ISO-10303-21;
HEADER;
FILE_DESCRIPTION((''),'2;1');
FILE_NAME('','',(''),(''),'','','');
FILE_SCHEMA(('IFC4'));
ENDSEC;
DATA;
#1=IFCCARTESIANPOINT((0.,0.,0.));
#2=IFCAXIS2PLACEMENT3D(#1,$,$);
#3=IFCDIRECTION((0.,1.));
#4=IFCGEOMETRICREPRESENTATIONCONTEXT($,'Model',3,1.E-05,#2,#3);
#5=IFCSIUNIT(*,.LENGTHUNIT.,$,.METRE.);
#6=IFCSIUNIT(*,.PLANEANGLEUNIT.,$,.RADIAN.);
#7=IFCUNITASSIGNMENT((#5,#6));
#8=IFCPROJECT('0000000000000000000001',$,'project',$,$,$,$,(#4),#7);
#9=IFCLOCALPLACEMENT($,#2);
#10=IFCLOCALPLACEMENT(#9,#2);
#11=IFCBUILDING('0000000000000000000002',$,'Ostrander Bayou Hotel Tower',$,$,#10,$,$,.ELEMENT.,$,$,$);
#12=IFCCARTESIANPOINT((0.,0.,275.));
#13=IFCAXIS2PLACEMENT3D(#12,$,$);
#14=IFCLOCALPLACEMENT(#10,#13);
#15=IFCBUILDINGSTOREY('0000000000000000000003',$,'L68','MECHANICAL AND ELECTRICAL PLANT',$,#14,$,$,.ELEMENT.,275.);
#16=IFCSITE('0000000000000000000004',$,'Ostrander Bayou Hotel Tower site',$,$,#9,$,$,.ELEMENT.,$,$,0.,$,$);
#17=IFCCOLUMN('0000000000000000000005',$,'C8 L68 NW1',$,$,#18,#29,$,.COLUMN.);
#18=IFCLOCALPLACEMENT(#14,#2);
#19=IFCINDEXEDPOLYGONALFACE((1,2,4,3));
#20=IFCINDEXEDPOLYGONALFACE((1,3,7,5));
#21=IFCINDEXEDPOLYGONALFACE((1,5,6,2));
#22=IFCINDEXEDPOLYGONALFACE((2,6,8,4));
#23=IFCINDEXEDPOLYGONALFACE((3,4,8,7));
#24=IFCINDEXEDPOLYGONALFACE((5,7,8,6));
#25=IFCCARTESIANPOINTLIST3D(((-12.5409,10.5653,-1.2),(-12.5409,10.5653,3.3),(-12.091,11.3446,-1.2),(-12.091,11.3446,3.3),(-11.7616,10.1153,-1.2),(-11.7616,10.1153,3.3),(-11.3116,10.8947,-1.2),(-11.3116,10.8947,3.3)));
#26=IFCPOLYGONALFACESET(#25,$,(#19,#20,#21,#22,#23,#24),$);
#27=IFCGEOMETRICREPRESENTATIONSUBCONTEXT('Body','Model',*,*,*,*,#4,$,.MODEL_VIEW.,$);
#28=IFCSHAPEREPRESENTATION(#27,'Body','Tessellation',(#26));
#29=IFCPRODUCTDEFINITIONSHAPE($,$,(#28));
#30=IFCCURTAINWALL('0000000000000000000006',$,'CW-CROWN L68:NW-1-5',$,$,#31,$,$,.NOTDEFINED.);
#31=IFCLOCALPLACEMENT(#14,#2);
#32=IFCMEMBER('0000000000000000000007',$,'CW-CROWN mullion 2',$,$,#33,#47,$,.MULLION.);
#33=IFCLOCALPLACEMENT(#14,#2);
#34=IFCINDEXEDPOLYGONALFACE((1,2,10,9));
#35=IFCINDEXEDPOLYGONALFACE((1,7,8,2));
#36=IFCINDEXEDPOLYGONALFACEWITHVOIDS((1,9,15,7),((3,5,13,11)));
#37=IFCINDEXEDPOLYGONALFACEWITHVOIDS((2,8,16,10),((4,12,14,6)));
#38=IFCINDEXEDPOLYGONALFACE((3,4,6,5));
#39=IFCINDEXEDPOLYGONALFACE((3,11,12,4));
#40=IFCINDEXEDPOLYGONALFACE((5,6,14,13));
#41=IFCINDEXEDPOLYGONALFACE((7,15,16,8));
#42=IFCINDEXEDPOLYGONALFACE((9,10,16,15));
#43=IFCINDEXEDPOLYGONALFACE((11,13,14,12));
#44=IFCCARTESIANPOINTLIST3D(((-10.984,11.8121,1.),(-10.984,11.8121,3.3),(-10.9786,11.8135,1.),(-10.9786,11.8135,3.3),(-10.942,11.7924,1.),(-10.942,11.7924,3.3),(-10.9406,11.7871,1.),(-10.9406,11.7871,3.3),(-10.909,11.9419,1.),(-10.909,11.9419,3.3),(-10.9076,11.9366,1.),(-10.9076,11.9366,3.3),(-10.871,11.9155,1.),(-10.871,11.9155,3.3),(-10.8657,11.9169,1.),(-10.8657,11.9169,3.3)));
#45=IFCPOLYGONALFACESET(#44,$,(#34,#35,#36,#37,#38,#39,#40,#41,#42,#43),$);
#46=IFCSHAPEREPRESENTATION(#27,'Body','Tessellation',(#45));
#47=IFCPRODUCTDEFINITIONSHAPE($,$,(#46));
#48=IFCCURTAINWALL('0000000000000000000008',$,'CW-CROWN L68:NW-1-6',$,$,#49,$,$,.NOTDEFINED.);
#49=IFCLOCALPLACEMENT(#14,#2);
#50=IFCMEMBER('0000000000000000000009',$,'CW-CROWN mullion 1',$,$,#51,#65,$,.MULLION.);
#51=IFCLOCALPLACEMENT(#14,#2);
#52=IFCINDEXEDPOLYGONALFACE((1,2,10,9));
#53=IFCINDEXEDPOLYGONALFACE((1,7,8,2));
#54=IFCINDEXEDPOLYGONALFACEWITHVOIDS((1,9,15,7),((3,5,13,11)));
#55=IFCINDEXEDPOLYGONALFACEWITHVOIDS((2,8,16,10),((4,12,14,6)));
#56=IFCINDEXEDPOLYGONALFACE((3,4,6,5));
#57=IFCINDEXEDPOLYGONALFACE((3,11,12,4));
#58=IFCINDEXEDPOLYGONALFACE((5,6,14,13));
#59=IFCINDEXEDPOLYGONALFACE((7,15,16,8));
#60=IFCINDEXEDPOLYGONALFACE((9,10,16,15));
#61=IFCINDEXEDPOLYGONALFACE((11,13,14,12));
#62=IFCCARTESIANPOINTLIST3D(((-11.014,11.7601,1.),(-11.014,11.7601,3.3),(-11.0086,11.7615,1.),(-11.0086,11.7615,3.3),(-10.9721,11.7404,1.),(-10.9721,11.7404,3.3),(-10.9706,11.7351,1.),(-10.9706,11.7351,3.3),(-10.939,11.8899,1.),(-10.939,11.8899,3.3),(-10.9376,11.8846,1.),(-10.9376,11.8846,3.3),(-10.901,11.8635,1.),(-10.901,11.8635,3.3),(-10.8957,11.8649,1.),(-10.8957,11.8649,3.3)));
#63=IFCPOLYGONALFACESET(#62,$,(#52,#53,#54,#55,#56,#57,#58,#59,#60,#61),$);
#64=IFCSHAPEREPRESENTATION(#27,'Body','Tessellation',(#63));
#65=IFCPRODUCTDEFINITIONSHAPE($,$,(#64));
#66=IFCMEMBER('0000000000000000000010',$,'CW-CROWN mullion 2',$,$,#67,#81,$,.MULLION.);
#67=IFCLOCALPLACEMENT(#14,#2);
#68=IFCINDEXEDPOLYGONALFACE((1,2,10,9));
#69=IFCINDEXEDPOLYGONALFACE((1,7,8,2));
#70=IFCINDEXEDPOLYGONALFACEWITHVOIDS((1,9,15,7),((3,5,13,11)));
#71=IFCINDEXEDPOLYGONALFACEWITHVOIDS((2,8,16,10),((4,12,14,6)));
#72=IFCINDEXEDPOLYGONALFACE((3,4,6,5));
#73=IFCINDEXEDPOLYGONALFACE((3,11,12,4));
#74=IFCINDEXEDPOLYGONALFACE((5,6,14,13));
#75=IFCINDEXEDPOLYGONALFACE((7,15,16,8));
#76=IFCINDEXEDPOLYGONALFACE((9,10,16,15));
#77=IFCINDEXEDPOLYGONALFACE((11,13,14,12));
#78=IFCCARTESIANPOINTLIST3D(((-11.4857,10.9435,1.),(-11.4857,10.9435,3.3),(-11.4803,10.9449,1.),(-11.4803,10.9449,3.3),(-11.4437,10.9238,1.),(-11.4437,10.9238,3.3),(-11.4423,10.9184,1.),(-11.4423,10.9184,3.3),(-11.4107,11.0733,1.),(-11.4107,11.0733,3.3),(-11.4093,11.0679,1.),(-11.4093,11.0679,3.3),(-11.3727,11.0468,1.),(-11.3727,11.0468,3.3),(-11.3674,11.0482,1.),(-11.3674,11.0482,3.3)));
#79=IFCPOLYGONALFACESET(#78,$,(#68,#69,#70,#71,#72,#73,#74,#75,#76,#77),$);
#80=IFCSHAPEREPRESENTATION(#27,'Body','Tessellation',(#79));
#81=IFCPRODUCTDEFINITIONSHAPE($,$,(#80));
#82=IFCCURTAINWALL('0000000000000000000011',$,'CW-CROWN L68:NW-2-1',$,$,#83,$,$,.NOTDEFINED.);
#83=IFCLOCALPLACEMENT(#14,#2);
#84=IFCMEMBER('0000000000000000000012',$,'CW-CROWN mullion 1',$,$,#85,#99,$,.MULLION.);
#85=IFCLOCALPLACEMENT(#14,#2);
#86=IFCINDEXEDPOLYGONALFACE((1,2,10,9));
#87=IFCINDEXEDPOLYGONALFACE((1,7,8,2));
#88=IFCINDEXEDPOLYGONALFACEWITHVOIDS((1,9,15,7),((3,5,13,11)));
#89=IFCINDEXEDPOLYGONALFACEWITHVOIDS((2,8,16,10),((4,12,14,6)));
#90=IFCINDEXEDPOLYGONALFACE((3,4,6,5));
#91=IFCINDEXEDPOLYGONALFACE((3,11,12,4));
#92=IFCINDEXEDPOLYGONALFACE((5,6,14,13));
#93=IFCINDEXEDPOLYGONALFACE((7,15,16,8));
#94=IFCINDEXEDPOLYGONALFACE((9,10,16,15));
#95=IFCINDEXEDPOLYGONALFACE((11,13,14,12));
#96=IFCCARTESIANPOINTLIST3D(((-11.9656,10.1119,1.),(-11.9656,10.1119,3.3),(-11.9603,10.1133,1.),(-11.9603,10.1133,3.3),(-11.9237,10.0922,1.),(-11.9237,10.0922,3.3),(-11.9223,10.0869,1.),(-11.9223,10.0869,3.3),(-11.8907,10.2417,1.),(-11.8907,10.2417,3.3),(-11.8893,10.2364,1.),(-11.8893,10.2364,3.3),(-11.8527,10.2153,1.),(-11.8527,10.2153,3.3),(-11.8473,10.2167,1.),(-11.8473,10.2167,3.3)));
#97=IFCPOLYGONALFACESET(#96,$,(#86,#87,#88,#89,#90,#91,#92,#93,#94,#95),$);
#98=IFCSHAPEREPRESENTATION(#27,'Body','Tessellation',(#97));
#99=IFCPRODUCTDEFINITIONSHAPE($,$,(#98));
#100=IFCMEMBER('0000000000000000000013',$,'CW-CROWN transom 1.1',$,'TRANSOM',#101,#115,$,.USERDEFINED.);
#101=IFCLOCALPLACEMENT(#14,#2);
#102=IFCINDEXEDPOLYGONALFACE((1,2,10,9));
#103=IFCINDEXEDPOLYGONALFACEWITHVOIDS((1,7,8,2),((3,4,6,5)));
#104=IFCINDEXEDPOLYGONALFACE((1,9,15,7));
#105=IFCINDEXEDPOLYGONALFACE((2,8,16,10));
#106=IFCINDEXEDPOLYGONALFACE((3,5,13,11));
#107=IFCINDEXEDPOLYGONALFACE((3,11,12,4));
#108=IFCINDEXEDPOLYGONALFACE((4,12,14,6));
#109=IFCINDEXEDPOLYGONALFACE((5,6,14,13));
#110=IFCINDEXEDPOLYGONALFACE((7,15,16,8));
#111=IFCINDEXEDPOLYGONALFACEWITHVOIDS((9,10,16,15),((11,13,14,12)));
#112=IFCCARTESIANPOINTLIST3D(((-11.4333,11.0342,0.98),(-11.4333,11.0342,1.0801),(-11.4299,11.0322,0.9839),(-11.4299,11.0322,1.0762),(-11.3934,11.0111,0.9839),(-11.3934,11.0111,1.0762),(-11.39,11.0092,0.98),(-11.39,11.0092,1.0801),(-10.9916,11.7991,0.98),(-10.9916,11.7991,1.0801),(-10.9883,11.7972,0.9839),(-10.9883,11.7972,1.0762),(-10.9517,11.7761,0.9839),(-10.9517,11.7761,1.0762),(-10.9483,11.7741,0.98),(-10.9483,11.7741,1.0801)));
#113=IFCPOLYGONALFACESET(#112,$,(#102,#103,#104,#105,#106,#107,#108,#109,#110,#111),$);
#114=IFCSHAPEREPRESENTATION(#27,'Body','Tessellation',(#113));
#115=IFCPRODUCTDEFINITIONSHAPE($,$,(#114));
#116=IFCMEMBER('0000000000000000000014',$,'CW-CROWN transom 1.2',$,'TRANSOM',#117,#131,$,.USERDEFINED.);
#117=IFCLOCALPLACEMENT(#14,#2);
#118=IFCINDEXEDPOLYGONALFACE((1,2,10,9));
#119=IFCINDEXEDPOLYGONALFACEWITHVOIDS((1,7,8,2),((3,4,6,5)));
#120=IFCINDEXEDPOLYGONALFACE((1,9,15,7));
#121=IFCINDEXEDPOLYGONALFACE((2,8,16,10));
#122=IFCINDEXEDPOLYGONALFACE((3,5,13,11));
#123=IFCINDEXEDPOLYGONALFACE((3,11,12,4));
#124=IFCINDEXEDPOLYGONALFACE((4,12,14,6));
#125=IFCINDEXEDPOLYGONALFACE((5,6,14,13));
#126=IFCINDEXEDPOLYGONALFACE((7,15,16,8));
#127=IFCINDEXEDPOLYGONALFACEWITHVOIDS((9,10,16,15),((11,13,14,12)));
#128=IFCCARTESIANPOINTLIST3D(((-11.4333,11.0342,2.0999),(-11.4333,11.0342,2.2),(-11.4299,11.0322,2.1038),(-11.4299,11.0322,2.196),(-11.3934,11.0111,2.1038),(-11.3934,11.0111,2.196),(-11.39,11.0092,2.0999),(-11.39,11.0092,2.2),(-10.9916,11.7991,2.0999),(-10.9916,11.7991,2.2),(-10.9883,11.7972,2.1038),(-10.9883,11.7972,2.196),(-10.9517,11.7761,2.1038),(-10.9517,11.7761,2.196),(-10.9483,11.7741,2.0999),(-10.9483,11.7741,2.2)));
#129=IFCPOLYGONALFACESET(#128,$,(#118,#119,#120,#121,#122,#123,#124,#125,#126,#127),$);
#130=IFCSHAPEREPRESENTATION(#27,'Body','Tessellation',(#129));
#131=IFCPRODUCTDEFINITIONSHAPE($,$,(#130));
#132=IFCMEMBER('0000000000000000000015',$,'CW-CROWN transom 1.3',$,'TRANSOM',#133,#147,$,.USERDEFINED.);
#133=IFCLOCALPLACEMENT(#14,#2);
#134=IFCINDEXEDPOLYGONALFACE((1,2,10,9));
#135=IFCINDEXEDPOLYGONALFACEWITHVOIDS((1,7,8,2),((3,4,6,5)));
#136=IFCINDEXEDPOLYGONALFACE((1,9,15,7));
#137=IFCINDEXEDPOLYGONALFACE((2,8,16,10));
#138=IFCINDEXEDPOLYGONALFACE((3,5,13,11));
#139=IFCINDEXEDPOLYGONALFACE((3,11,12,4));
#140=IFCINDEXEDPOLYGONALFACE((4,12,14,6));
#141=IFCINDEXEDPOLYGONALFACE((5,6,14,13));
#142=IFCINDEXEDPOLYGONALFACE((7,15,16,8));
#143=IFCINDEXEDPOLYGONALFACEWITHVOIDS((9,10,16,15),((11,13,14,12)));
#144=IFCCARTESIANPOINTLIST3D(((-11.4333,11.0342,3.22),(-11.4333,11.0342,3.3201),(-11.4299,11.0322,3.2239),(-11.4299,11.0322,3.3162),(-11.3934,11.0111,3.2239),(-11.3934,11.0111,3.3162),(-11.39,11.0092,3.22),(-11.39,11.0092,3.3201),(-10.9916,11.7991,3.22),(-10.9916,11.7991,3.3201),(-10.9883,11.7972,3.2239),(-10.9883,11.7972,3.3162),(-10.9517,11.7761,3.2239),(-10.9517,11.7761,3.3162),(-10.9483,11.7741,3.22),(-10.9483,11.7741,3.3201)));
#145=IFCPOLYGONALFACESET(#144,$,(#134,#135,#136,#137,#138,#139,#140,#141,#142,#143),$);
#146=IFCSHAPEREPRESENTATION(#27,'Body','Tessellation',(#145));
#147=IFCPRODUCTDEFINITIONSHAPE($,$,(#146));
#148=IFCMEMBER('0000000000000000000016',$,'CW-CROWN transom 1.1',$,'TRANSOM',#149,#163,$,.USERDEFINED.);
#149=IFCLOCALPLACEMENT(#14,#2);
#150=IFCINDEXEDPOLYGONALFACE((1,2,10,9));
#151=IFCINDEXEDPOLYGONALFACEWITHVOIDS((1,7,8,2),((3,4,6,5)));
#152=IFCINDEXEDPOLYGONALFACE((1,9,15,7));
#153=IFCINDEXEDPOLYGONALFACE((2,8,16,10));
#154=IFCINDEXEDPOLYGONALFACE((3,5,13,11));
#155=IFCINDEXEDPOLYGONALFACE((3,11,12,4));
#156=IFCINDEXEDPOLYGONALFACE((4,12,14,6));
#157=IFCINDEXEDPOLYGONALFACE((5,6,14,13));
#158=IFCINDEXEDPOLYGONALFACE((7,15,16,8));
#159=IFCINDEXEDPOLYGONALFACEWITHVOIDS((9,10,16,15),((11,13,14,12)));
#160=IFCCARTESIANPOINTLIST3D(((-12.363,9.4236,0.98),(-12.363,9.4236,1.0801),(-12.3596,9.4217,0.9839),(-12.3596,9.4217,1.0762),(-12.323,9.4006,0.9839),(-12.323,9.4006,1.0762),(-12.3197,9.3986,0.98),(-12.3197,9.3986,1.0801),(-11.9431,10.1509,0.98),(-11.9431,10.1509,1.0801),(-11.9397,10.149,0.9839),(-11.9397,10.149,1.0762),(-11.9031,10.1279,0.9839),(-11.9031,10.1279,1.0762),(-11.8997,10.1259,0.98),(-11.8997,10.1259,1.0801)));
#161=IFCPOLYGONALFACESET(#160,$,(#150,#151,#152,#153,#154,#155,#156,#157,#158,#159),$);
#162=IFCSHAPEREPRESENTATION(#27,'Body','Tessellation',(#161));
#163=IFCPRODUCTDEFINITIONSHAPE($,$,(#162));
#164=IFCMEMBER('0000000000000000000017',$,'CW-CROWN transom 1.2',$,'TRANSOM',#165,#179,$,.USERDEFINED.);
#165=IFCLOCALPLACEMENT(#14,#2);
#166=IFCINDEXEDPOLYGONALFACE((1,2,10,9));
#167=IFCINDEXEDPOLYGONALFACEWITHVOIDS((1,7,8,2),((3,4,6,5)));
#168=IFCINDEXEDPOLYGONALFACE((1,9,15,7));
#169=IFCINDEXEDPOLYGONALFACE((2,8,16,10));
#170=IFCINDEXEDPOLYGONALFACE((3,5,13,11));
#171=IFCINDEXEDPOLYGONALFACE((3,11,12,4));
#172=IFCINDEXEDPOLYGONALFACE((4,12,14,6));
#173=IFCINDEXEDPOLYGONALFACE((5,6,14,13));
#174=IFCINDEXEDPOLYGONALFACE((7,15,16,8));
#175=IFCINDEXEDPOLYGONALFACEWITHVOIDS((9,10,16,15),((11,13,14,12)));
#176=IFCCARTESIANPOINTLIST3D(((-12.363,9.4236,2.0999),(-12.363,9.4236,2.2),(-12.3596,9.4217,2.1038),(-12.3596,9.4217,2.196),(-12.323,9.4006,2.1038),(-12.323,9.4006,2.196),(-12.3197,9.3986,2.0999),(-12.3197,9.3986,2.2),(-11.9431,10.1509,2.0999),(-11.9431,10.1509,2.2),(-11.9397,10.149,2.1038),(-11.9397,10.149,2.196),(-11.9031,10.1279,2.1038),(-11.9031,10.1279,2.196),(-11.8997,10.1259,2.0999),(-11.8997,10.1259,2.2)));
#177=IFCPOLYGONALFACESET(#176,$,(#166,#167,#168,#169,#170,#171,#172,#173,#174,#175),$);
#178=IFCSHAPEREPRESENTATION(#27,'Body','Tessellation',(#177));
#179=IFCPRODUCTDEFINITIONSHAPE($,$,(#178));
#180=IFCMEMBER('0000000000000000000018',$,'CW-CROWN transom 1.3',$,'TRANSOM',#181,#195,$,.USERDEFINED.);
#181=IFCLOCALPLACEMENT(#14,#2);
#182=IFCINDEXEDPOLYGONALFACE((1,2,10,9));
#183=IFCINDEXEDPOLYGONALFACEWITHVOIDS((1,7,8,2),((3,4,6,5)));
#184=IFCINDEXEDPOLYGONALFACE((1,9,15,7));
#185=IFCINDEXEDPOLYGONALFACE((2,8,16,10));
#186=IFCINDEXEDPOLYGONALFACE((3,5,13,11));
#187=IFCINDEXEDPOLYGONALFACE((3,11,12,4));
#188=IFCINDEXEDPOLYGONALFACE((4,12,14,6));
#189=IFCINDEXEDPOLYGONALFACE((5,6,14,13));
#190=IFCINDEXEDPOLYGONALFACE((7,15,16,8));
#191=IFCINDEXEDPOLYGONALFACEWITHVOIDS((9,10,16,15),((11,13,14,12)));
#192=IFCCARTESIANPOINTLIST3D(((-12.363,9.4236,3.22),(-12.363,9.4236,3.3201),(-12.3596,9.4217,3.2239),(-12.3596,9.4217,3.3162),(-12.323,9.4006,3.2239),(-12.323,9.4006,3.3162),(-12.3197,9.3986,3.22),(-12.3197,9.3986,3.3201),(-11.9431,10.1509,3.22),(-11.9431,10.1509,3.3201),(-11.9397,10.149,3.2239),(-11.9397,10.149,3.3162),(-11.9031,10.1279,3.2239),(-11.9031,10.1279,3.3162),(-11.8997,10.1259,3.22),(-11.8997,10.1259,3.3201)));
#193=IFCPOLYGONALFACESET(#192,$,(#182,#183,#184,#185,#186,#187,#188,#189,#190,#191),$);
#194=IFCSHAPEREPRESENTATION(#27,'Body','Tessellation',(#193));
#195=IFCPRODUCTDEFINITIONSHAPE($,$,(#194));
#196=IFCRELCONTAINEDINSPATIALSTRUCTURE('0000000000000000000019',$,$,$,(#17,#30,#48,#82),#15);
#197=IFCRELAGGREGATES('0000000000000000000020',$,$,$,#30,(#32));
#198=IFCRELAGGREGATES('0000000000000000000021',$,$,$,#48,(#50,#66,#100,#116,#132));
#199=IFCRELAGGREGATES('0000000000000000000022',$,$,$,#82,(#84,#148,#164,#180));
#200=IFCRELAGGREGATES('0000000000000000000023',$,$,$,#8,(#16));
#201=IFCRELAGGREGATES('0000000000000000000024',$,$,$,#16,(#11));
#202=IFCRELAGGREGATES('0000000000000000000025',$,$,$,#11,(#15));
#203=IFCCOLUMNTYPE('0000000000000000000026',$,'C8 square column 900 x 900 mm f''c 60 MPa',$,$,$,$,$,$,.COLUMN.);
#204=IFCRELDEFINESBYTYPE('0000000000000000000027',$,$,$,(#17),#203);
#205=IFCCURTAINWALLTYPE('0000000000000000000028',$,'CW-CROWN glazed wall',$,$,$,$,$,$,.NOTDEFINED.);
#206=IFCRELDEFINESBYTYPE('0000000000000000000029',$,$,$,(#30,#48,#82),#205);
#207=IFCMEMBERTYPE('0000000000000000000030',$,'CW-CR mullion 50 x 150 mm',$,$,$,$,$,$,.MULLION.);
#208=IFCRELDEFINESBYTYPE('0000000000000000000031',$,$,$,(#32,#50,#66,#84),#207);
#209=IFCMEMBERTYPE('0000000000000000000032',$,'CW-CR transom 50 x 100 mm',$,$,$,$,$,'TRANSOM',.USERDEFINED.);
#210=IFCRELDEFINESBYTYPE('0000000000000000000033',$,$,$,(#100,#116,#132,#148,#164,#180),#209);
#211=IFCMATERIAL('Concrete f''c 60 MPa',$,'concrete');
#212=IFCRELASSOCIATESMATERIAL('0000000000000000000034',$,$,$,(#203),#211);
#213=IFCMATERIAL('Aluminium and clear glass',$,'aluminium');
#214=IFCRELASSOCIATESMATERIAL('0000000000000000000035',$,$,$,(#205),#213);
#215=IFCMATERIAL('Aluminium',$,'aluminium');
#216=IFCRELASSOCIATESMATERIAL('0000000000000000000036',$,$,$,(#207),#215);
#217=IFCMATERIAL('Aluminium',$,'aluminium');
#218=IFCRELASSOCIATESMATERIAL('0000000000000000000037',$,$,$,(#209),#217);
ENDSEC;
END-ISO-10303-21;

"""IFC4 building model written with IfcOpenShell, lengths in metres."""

from ifc_helpers import new_model, si_unit, direction, frame, origin, origin_2d, place, context, subcontext, project, spatial, rectangle, hollow_rectangle, extrude, material, material_profile, profile_set, type_object, element, aggregate, save


model = new_model("IFC4")

# Units and contexts
model_context = context("Model", 3, precision=1e-05, world=origin(), true_north=direction((0.0, 1.0)))
body_context = subcontext(model_context, "Body", "Model", "MODEL_VIEW")
ifc_project = project(units=[si_unit("LENGTHUNIT", "METRE"), si_unit("PLANEANGLEUNIT", "RADIAN")], contexts=[model_context])

# Site, building, storey
site_placement = place(None, origin())
site = spatial("IfcSite", under=ifc_project, at=site_placement, Name="Ostrander Bayou Hotel Tower site", CompositionType="ELEMENT", RefElevation=0.0)
building_placement = place(site_placement, origin())
building = spatial("IfcBuilding", under=site, at=building_placement, Name="Ostrander Bayou Hotel Tower", CompositionType="ELEMENT")
storey_placement = place(building_placement, frame((0.0, 0.0, 275.0)))
storey = spatial("IfcBuildingStorey", under=building, at=storey_placement, Name="L68", Description="MECHANICAL AND ELECTRICAL PLANT", CompositionType="ELEMENT", Elevation=275.0)

# Column
ifc_material_1 = material(Name="Concrete f'c 60 MPa", Category="concrete")
ifc_material_profile_1 = material_profile(ifc_material_1, rectangle(XDim=0.8999, YDim=0.8999, at=origin_2d()))
ifc_profile_set_1 = profile_set([ifc_material_profile_1], Name="Concrete f'c 60 MPa")
column_type = type_object("IfcColumnType", Name="C8 square column 900 x 900 mm f'c 60 MPa", PredefinedType="COLUMN", material=ifc_profile_set_1)
column_placement = place(storey_placement, frame((-11.9263, 10.73, -1.2), z_axis=(0.0, 0.0, 1.0), x_axis=(0.5, 0.866025, 0.0)))
element("IfcColumn", 1, at=column_placement, inside=storey, type_object=column_type, Name="C8 L68 NW1", PredefinedType="COLUMN", context=body_context, shape_type="SweptSolid", body=[
    extrude(rectangle(XDim=0.8999, YDim=0.8999, at=origin_2d()), origin(), (0.0, 0.0, 1.0), 4.5),
])

# Curtain wall, member
ifc_material_2 = material(Name="Aluminium and clear glass", Category="aluminium")
curtain_wall_type = type_object("IfcCurtainWallType", Name="CW-CROWN glazed wall", PredefinedType="NOTDEFINED", material=ifc_material_2)
curtain_wall_1_placement = place(storey_placement, origin())
curtain_wall_1 = element("IfcCurtainWall", 2, at=curtain_wall_1_placement, inside=storey, type_object=curtain_wall_type, Name="CW-CROWN L68:NW-1-5", PredefinedType="NOTDEFINED")
ifc_material_3 = material(Name="Aluminium", Category="aluminium")
ifc_material_profile_2 = material_profile(ifc_material_3, hollow_rectangle(XDim=0.05, YDim=0.1499, WallThickness=0.0039, at=origin_2d()))
ifc_profile_set_2 = profile_set([ifc_material_profile_2], Name="Aluminium")
member_type_1 = type_object("IfcMemberType", Name="CW-CR mullion 50 x 150 mm", PredefinedType="MULLION", material=ifc_profile_set_2)
member_1_placement = place(storey_placement, frame((-10.9248, 11.8645, 1.0), z_axis=(0.0, 0.0, 1.0), x_axis=(0.866001, -0.500042, 0.0)))
member_1 = element("IfcMember", 3, at=member_1_placement, type_object=member_type_1, Name="CW-CROWN mullion 2", PredefinedType="MULLION", context=body_context, shape_type="SweptSolid", body=[
    extrude(hollow_rectangle(XDim=0.05, YDim=0.1499, WallThickness=0.0039, at=origin_2d()), origin(), (0.0, 0.0, 1.0), 2.3),
])

# Curtain wall, members
curtain_wall_2_placement = place(storey_placement, origin())
curtain_wall_2 = element("IfcCurtainWall", 4, at=curtain_wall_2_placement, inside=storey, type_object=curtain_wall_type, Name="CW-CROWN L68:NW-1-6", PredefinedType="NOTDEFINED")
member_2_placement = place(storey_placement, frame((-10.9548, 11.8125, 1.0), z_axis=(0.0, 0.0, 1.0), x_axis=(0.866026, -0.499999, 0.0)))
member_2 = element("IfcMember", 5, at=member_2_placement, type_object=member_type_1, Name="CW-CROWN mullion 1", PredefinedType="MULLION", context=body_context, shape_type="SweptSolid", body=[
    extrude(hollow_rectangle(XDim=0.05, YDim=0.1499, WallThickness=0.0039, at=origin_2d()), origin(), (0.0, 0.0, 1.0), 2.3),
])
member_3_placement = place(storey_placement, frame((-11.4265, 10.9958, 1.0), z_axis=(0.0, 0.0, 1.0), x_axis=(0.866026, -0.499999, 0.0)))
member_3 = element("IfcMember", 6, at=member_3_placement, type_object=member_type_1, Name="CW-CROWN mullion 2", PredefinedType="MULLION", context=body_context, shape_type="SweptSolid", body=[
    extrude(hollow_rectangle(XDim=0.05, YDim=0.1499, WallThickness=0.0039, at=origin_2d()), origin(), (0.0, 0.0, 1.0), 2.3),
])

# Curtain wall, member
curtain_wall_3_placement = place(storey_placement, origin())
curtain_wall_3 = element("IfcCurtainWall", 7, at=curtain_wall_3_placement, inside=storey, type_object=curtain_wall_type, Name="CW-CROWN L68:NW-2-1", PredefinedType="NOTDEFINED")
member_4_placement = place(storey_placement, frame((-11.9065, 10.1643, 1.0), z_axis=(0.0, 0.0, 1.0), x_axis=(0.866022, -0.500005, 0.0)))
member_4 = element("IfcMember", 8, at=member_4_placement, type_object=member_type_1, Name="CW-CROWN mullion 1", PredefinedType="MULLION", context=body_context, shape_type="SweptSolid", body=[
    extrude(hollow_rectangle(XDim=0.05, YDim=0.1499, WallThickness=0.0039, at=origin_2d()), origin(), (0.0, 0.0, 1.0), 2.3),
])

# Members
ifc_material_4 = material(Name="Aluminium", Category="aluminium")
ifc_material_profile_3 = material_profile(ifc_material_4, hollow_rectangle(XDim=0.05, YDim=0.1001, WallThickness=0.0039, at=origin_2d()))
ifc_profile_set_3 = profile_set([ifc_material_profile_3], Name="Aluminium")
member_type_2 = type_object("IfcMemberType", Name="CW-CR transom 50 x 100 mm", ElementType="TRANSOM", PredefinedType="USERDEFINED", material=ifc_profile_set_3)
member_5_placement = place(storey_placement, frame((-10.97, 11.7866, 1.03), z_axis=(-0.500034, -0.866006, 0.0), x_axis=(0.866006, -0.500034, 0.0)))
member_5 = element("IfcMember", 9, at=member_5_placement, type_object=member_type_2, Name="CW-CROWN transom 1.1", ObjectType="TRANSOM", PredefinedType="USERDEFINED", context=body_context, shape_type="SweptSolid", body=[
    extrude(hollow_rectangle(XDim=0.05, YDim=0.1001, WallThickness=0.0039, at=origin_2d()), origin(), (0.0, 0.0, 1.0), 0.8833),
])
member_6_placement = place(storey_placement, frame((-10.97, 11.7866, 2.1499), z_axis=(-0.500034, -0.866006, 0.0), x_axis=(0.866006, -0.500034, 0.0)))
member_6 = element("IfcMember", 10, at=member_6_placement, type_object=member_type_2, Name="CW-CROWN transom 1.2", ObjectType="TRANSOM", PredefinedType="USERDEFINED", context=body_context, shape_type="SweptSolid", body=[
    extrude(hollow_rectangle(XDim=0.05, YDim=0.1001, WallThickness=0.0039, at=origin_2d()), origin(), (0.0, 0.0, 1.0), 0.8833),
])
member_7_placement = place(storey_placement, frame((-10.97, 11.7866, 3.27), z_axis=(-0.500034, -0.866006, 0.0), x_axis=(0.866006, -0.500034, 0.0)))
member_7 = element("IfcMember", 11, at=member_7_placement, type_object=member_type_2, Name="CW-CROWN transom 1.3", ObjectType="TRANSOM", PredefinedType="USERDEFINED", context=body_context, shape_type="SweptSolid", body=[
    extrude(hollow_rectangle(XDim=0.05, YDim=0.1001, WallThickness=0.0039, at=origin_2d()), origin(), (0.0, 0.0, 1.0), 0.8833),
])
member_8_placement = place(storey_placement, frame((-11.9214, 10.1384, 1.03), z_axis=(-0.500016, -0.866016, 0.0), x_axis=(0.866016, -0.500016, 0.0)))
member_8 = element("IfcMember", 12, at=member_8_placement, type_object=member_type_2, Name="CW-CROWN transom 1.1", ObjectType="TRANSOM", PredefinedType="USERDEFINED", context=body_context, shape_type="SweptSolid", body=[
    extrude(hollow_rectangle(XDim=0.05, YDim=0.1001, WallThickness=0.0039, at=origin_2d()), origin(), (0.0, 0.0, 1.0), 0.8398),
])
member_9_placement = place(storey_placement, frame((-11.9214, 10.1384, 2.1499), z_axis=(-0.500016, -0.866016, 0.0), x_axis=(0.866016, -0.500016, 0.0)))
member_9 = element("IfcMember", 13, at=member_9_placement, type_object=member_type_2, Name="CW-CROWN transom 1.2", ObjectType="TRANSOM", PredefinedType="USERDEFINED", context=body_context, shape_type="SweptSolid", body=[
    extrude(hollow_rectangle(XDim=0.05, YDim=0.1001, WallThickness=0.0039, at=origin_2d()), origin(), (0.0, 0.0, 1.0), 0.8398),
])
member_10_placement = place(storey_placement, frame((-11.9214, 10.1384, 3.27), z_axis=(-0.500016, -0.866016, 0.0), x_axis=(0.866016, -0.500016, 0.0)))
member_10 = element("IfcMember", 14, at=member_10_placement, type_object=member_type_2, Name="CW-CROWN transom 1.3", ObjectType="TRANSOM", PredefinedType="USERDEFINED", context=body_context, shape_type="SweptSolid", body=[
    extrude(hollow_rectangle(XDim=0.05, YDim=0.1001, WallThickness=0.0039, at=origin_2d()), origin(), (0.0, 0.0, 1.0), 0.8398),
])

aggregate(curtain_wall_1, [member_1])
aggregate(curtain_wall_2, [member_2, member_3, member_5, member_6, member_7])
aggregate(curtain_wall_3, [member_4, member_8, member_9, member_10])

save(model, "model.ifc")
